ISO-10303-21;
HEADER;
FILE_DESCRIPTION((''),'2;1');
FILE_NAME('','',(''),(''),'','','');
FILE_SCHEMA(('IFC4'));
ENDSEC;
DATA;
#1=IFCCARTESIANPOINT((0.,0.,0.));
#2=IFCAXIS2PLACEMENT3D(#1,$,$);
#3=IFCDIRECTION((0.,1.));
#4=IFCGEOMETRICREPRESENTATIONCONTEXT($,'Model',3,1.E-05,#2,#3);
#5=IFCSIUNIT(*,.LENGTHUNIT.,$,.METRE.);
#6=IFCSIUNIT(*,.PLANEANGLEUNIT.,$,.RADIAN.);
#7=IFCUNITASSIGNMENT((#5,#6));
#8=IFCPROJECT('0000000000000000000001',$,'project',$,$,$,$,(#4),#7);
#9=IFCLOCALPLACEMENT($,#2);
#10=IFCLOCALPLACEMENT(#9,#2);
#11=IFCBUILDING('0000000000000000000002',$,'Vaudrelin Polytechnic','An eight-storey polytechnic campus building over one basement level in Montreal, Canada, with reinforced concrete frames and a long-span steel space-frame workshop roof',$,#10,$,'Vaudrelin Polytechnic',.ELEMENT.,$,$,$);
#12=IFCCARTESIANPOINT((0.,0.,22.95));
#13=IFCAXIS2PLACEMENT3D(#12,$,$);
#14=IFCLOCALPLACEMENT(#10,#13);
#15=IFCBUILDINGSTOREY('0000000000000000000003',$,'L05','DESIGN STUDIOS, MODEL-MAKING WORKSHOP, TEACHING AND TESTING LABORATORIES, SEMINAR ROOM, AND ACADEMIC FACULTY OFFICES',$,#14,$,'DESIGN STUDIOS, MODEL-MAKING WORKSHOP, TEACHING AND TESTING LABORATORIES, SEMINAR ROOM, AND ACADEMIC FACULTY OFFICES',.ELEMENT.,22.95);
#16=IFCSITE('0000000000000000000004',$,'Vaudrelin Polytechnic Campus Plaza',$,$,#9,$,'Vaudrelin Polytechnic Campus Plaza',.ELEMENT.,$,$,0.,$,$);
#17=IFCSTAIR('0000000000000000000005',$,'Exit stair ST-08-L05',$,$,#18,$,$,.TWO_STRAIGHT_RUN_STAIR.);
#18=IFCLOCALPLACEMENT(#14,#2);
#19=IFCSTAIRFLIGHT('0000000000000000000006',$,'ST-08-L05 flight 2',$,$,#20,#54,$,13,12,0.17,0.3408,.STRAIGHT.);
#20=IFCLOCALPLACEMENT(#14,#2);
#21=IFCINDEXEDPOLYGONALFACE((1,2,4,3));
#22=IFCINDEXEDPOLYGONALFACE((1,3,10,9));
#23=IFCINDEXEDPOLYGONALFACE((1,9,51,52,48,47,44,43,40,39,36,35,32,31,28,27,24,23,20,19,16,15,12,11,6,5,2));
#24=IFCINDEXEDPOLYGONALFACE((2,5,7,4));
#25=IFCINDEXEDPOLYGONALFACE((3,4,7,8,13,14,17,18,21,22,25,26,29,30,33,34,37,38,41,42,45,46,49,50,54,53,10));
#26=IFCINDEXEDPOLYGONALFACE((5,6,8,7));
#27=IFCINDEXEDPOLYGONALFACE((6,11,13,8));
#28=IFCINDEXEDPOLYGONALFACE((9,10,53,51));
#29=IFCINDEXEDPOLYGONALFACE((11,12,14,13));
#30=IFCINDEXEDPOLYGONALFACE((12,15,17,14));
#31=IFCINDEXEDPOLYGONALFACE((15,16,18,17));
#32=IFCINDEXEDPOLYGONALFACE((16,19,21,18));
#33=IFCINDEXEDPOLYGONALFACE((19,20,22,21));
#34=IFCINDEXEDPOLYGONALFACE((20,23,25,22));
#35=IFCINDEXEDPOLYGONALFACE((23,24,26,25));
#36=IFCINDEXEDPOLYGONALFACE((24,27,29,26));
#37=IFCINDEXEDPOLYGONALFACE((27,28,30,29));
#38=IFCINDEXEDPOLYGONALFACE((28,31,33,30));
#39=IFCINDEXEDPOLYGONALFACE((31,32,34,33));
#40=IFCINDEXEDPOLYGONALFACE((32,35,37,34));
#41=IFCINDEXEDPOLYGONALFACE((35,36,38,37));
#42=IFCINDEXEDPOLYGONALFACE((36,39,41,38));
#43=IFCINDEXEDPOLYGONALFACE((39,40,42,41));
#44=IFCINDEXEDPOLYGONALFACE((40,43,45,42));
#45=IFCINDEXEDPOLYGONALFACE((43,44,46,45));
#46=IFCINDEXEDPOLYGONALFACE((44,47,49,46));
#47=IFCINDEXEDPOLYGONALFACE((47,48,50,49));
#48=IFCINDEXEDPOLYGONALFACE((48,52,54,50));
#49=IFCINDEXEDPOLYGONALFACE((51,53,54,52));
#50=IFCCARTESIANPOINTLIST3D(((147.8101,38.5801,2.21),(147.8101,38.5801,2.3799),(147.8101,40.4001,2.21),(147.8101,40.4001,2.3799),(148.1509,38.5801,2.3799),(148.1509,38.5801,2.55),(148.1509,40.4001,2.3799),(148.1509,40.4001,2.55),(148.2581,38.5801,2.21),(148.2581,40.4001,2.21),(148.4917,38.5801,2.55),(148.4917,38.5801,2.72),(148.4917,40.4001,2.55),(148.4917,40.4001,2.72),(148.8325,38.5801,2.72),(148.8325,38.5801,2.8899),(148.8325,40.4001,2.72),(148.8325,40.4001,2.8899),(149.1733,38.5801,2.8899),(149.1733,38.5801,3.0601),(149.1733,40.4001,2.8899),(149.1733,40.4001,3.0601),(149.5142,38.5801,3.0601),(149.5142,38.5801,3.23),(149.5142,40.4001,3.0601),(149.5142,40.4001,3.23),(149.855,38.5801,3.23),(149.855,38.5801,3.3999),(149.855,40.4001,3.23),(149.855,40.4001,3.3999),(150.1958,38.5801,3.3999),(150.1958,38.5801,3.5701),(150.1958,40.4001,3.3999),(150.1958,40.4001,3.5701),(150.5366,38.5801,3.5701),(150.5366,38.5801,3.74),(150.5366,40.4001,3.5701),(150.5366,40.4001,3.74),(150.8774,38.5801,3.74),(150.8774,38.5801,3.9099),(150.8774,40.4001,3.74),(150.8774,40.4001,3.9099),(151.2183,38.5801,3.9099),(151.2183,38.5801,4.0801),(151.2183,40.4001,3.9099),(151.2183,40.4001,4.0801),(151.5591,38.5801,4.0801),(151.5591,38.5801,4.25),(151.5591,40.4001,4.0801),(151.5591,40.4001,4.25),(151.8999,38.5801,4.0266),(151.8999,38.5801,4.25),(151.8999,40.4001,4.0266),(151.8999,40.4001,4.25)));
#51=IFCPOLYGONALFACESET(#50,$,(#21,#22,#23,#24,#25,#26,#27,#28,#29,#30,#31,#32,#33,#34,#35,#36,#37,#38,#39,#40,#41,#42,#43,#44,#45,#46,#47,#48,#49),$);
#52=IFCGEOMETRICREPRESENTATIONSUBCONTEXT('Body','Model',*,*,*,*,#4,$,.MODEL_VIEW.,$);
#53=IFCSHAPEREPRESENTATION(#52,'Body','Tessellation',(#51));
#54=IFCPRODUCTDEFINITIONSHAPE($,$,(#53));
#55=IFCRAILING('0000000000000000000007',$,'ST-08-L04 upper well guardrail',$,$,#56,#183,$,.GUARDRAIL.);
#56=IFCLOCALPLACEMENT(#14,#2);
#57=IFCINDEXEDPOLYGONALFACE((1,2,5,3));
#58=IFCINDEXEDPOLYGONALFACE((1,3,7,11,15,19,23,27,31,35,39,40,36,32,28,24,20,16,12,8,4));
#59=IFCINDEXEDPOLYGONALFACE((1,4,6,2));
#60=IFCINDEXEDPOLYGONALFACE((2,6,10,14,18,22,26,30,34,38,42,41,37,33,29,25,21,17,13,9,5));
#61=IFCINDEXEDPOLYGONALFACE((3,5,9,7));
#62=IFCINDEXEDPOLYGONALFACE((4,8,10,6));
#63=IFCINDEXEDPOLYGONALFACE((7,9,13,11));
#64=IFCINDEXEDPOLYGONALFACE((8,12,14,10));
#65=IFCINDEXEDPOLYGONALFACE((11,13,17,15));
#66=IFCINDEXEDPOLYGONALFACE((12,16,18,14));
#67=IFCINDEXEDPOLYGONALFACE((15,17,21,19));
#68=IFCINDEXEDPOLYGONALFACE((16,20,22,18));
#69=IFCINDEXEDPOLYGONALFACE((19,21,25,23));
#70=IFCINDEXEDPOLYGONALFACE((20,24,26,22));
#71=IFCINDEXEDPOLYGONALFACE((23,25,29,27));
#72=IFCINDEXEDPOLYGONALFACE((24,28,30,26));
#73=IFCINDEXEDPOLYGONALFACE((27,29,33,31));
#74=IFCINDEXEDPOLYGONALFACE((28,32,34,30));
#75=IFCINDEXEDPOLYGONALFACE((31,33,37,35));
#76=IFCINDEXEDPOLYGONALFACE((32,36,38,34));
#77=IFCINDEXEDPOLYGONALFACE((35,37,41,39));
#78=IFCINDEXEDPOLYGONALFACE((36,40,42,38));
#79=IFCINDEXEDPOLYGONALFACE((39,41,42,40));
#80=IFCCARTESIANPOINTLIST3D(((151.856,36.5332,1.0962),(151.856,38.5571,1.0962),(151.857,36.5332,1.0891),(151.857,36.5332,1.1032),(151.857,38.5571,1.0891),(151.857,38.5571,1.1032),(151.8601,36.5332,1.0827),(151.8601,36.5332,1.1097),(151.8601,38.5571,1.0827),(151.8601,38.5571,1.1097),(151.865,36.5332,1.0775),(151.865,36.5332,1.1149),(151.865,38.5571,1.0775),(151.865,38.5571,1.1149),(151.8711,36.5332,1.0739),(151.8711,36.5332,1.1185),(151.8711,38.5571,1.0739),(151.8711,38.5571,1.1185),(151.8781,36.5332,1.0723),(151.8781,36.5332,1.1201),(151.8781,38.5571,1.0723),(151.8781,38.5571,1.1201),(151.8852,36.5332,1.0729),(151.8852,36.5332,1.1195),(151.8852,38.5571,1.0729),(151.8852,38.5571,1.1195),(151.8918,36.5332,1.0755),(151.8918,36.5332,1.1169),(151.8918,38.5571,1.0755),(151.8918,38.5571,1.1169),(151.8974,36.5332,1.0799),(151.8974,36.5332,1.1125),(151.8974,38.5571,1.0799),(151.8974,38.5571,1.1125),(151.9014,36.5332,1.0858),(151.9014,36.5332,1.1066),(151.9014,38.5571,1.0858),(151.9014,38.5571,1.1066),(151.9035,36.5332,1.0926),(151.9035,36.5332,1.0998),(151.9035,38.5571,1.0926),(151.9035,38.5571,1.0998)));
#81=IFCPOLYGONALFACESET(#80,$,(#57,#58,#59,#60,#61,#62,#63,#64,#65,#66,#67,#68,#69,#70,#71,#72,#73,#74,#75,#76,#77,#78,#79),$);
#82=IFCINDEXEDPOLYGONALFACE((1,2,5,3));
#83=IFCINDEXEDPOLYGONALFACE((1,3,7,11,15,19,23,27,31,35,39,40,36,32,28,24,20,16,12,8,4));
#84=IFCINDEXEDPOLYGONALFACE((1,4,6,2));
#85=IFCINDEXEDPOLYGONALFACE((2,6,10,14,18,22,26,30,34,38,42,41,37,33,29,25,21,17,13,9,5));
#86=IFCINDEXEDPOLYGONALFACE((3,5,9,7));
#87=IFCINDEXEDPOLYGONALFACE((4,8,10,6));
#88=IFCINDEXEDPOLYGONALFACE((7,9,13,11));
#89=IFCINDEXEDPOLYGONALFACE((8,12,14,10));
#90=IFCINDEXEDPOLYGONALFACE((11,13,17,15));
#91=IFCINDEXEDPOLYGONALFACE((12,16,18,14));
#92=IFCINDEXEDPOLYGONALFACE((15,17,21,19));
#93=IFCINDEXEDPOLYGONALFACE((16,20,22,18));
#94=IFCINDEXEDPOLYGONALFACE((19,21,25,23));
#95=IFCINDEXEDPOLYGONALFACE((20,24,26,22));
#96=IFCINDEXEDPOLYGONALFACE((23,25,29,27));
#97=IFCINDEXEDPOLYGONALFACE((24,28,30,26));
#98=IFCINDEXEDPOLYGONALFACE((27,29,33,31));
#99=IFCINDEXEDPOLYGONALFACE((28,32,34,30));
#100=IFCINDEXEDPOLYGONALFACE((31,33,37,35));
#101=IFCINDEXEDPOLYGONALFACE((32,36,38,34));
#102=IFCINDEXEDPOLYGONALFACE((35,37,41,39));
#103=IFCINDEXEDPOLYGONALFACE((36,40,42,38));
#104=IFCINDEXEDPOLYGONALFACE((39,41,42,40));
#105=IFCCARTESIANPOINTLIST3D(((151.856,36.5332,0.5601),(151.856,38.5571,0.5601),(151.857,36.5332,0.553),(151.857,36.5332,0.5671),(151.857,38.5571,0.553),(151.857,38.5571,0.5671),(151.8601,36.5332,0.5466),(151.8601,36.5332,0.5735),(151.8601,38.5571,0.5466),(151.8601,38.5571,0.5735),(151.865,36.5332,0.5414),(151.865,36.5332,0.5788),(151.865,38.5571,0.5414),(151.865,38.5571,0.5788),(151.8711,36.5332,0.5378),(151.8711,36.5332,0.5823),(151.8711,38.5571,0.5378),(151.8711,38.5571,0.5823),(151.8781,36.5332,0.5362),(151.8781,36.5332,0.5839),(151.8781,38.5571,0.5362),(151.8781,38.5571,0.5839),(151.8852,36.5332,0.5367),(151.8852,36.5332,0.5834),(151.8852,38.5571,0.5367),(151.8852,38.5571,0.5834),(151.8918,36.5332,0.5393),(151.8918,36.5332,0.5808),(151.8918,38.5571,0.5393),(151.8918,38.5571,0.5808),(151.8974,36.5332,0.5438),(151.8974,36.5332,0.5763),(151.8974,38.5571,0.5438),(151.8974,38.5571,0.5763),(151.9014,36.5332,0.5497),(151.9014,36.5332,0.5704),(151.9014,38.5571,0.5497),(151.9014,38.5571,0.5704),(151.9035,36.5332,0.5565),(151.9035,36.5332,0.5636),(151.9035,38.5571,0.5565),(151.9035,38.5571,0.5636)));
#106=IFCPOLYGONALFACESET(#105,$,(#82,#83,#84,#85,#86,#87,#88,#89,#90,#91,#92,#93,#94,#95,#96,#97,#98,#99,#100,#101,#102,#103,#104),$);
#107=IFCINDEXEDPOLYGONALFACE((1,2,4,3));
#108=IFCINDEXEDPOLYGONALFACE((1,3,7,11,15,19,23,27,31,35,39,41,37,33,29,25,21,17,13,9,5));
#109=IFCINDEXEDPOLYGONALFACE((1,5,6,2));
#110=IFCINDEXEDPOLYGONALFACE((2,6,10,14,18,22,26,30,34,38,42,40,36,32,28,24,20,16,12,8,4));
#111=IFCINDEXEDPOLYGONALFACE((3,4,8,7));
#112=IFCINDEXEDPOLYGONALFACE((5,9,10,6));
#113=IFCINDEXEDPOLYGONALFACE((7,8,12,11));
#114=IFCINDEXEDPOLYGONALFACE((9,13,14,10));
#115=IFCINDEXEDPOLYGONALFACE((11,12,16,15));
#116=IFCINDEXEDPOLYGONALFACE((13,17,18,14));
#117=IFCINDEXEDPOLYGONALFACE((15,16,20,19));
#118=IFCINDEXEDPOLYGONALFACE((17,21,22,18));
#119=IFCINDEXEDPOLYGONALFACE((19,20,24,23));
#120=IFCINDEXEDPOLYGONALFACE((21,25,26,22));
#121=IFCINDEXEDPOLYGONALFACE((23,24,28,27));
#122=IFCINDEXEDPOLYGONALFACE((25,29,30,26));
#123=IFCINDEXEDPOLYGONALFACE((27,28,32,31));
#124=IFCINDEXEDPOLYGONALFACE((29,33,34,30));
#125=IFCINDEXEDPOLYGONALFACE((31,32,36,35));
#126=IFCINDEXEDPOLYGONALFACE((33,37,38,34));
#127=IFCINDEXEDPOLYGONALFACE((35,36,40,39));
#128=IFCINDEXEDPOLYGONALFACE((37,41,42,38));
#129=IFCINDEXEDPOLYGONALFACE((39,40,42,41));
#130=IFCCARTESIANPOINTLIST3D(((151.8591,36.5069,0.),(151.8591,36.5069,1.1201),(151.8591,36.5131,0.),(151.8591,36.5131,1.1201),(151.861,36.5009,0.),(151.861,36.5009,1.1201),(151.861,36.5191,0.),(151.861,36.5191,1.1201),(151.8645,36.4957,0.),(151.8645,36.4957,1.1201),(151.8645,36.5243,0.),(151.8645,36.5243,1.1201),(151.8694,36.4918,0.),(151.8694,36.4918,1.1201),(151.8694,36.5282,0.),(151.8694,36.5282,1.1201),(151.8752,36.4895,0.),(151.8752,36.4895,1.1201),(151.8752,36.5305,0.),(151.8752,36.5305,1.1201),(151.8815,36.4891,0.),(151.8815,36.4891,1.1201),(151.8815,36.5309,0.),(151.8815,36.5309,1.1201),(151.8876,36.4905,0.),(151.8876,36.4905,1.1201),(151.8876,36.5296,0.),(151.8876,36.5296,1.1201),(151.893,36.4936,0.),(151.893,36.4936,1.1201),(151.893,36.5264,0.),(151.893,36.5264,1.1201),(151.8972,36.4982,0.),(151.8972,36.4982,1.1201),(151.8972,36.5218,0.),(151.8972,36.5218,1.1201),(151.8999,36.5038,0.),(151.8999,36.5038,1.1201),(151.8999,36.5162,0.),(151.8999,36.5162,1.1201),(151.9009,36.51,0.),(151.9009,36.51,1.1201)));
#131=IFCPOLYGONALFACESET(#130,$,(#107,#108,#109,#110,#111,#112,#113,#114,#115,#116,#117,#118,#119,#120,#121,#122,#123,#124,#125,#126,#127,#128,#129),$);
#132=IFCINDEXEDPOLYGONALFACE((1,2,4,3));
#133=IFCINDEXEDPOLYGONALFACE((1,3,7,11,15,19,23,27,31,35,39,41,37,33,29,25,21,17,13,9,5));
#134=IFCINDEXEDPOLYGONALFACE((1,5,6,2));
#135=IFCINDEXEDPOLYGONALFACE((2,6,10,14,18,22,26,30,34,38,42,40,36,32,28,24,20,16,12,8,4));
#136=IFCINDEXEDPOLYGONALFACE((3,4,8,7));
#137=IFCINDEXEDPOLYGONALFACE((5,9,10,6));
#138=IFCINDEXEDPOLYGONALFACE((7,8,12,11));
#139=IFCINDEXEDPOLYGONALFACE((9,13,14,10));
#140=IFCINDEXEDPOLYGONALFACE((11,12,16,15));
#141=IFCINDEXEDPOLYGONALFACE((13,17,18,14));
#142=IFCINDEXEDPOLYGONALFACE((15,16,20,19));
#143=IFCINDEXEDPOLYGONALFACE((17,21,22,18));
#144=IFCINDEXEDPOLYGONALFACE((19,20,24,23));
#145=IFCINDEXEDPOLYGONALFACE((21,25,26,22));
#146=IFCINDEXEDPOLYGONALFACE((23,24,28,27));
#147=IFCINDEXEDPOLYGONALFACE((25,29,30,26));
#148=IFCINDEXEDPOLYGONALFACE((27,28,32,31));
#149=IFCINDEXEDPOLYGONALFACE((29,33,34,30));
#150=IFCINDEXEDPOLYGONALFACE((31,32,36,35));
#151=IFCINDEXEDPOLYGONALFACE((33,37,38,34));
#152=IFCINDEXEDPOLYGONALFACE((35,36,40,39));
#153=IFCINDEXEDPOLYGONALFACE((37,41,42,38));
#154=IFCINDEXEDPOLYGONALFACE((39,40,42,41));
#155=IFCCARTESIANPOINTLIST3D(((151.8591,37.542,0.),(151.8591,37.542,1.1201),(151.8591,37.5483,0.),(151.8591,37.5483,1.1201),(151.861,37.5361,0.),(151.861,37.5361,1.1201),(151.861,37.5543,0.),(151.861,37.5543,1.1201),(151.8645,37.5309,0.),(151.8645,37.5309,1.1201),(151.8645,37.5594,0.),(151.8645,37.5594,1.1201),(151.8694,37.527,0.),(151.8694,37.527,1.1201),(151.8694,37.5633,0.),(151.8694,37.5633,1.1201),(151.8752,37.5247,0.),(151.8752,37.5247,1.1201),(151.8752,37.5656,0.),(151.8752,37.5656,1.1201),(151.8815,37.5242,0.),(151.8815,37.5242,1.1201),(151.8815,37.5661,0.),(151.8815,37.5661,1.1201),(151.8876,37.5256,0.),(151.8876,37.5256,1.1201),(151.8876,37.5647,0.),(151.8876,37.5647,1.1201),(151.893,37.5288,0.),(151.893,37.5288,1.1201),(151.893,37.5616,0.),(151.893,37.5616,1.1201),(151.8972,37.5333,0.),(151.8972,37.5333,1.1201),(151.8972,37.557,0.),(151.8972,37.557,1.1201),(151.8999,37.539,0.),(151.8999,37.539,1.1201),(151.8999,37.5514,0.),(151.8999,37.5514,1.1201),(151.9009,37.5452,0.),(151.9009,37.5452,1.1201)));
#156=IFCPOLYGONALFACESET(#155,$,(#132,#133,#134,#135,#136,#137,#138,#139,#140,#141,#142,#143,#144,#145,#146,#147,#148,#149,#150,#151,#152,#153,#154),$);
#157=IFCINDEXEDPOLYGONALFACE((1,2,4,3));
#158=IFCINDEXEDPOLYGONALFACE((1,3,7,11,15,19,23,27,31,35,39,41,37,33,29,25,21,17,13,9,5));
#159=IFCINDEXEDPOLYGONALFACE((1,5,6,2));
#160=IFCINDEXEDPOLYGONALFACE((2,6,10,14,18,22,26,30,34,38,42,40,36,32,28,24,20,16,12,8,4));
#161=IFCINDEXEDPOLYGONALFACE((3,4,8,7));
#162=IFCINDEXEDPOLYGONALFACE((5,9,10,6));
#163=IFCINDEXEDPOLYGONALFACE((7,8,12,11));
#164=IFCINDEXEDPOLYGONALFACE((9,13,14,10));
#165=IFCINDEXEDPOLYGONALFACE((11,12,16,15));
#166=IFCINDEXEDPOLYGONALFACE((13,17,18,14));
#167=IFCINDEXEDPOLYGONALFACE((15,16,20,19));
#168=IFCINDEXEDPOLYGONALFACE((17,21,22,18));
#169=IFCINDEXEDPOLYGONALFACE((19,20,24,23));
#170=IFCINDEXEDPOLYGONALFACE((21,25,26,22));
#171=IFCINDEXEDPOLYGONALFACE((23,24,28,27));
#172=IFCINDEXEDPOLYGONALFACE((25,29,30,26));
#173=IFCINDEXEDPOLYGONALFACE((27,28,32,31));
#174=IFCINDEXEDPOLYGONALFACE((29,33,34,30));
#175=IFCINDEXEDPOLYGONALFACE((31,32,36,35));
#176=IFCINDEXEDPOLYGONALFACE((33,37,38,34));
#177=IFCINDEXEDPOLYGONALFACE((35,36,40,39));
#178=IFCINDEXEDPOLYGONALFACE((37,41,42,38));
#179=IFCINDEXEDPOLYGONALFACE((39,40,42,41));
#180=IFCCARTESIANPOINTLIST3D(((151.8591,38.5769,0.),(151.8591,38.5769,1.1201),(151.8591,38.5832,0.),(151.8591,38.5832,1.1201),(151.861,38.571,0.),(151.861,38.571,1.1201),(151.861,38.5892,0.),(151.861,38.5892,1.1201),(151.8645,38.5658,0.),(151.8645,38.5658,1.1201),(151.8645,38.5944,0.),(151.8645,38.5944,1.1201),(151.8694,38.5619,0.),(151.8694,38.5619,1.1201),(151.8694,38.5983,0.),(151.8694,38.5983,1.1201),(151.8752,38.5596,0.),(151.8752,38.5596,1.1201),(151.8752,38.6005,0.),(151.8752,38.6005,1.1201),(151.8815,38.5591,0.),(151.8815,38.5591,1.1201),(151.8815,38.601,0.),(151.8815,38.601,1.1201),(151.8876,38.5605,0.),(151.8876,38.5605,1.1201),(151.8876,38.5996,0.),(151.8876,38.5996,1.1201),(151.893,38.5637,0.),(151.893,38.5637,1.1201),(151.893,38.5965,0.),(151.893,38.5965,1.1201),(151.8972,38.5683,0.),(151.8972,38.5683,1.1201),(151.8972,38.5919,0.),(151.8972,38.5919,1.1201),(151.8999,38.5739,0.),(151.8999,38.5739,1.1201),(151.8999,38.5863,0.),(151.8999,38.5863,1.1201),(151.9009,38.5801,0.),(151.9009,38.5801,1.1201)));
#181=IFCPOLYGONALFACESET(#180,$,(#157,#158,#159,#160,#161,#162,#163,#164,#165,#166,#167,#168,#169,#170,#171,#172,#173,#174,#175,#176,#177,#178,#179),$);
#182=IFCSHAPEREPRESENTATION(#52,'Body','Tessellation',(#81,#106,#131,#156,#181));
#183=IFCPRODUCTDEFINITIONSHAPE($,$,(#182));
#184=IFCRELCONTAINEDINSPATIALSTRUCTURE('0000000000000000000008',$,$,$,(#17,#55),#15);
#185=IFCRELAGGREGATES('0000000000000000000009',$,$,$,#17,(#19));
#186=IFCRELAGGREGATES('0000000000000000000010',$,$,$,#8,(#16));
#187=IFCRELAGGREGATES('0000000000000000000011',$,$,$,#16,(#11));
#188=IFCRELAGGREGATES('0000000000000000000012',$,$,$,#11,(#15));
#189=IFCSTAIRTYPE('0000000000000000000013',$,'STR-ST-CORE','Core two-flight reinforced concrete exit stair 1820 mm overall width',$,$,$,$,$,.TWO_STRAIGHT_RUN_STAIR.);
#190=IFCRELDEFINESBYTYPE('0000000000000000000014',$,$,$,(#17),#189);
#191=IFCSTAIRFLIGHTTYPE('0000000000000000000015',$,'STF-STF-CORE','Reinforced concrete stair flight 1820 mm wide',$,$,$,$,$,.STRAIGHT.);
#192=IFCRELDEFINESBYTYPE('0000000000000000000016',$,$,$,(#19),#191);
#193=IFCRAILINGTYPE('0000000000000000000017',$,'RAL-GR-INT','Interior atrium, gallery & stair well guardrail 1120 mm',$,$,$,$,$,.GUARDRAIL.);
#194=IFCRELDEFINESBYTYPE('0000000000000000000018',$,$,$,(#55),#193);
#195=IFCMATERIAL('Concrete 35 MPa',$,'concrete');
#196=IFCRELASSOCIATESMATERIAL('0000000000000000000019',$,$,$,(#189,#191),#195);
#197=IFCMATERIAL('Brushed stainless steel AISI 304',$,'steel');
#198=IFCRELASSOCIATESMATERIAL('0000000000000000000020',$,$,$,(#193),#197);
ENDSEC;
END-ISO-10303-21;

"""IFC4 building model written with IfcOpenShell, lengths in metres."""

from ifc_helpers import new_model, si_unit, direction, frame, origin, origin_2d, place, context, subcontext, project, spatial, polyline, circle, outline, extrude, material, type_object, element, aggregate, save


model = new_model("IFC4")

# Units and contexts
model_context = context("Model", 3, precision=1e-05, world=origin(), true_north=direction((0.0, 1.0)))
body_context = subcontext(model_context, "Body", "Model", "MODEL_VIEW")
ifc_project = project(units=[si_unit("LENGTHUNIT", "METRE"), si_unit("PLANEANGLEUNIT", "RADIAN")], contexts=[model_context])

# Site, building, storey
site_placement = place(None, origin())
site = spatial("IfcSite", under=ifc_project, at=site_placement, Name="Vaudrelin Polytechnic Campus Plaza", LongName="Vaudrelin Polytechnic Campus Plaza", CompositionType="ELEMENT", RefElevation=0.0)
building_placement = place(site_placement, origin())
building = spatial("IfcBuilding", under=site, at=building_placement, Name="Vaudrelin Polytechnic", Description="An eight-storey polytechnic campus building over one basement level in Montreal, Canada, with reinforced concrete frames and a long-span steel space-frame workshop roof", LongName="Vaudrelin Polytechnic", CompositionType="ELEMENT")
storey_placement = place(building_placement, frame((0.0, 0.0, 22.95)))
storey = spatial("IfcBuildingStorey", under=building, at=storey_placement, Name="L05", Description="DESIGN STUDIOS, MODEL-MAKING WORKSHOP, TEACHING AND TESTING LABORATORIES, SEMINAR ROOM, AND ACADEMIC FACULTY OFFICES", LongName="DESIGN STUDIOS, MODEL-MAKING WORKSHOP, TEACHING AND TESTING LABORATORIES, SEMINAR ROOM, AND ACADEMIC FACULTY OFFICES", CompositionType="ELEMENT", Elevation=22.95)

# Stair, stair flight
ifc_material_1 = material(Name="Concrete 35 MPa", Category="concrete")
stair_type = type_object("IfcStairType", Name="STR-ST-CORE", Description="Core two-flight reinforced concrete exit stair 1820 mm overall width", PredefinedType="TWO_STRAIGHT_RUN_STAIR", material=ifc_material_1)
stair_placement = place(storey_placement, origin())
stair = element("IfcStair", 1, at=stair_placement, inside=storey, type_object=stair_type, Name="Exit stair ST-08-L05", PredefinedType="TWO_STRAIGHT_RUN_STAIR")
stair_flight_type = type_object("IfcStairFlightType", Name="STF-STF-CORE", Description="Reinforced concrete stair flight 1820 mm wide", PredefinedType="STRAIGHT", material=ifc_material_1)
stair_flight_1_placement = place(storey_placement, frame((147.8101, 39.49, 2.21), z_axis=(0.0, 0.0, 1.0), x_axis=(1.0, 0.0, 0.0)))
stair_flight_1 = element("IfcStairFlight", 2, at=stair_flight_1_placement, type_object=stair_flight_type, Name="ST-08-L05 flight 2", NumberOfRisers=13, NumberOfTreads=12, PredefinedType="STRAIGHT", RiserHeight=0.17, TreadLength=0.3408, context=body_context, shape_type="SweptSolid", body=[
    extrude(outline(polyline([(0.0, 0.0), (0.0, 0.1699), (0.3408, 0.1699), (0.3408, 0.3401), (0.6816, 0.3401), (0.6816, 0.51), (1.0225, 0.51), (1.0225, 0.6799), (1.3633, 0.6799), (1.3633, 0.8501), (1.7041, 0.8501), (1.7041, 1.02), (2.0449, 1.02), (2.0449, 1.1899), (2.3857, 1.1899), (2.3857, 1.3601), (2.7266, 1.3601), (2.7266, 1.53), (3.0674, 1.53), (3.0674, 1.7), (3.4082, 1.7), (3.4082, 1.8701), (3.749, 1.8701), (3.749, 2.04), (4.0898, 2.04), (4.0898, 2.21), (4.0898, 1.8167), (0.448, 0.0), (0.0, 0.0)])), frame((0.0, 0.9102, 0.0), z_axis=(0.0, -1.0, 0.0), x_axis=(1.0, 0.0, 0.0)), (0.0, 0.0, 1.0), 1.8201),
])
aggregate(stair, [stair_flight_1])

# Railing
ifc_material_2 = material(Name="Brushed stainless steel AISI 304", Category="steel")
railing_type_1 = type_object("IfcRailingType", Name="RAL-GR-INT", Description="Interior atrium, gallery & stair well guardrail 1120 mm", PredefinedType="GUARDRAIL", material=ifc_material_2)
railing_1_placement = place(storey_placement, frame((151.8799, 36.51, 0.0)))
element("IfcRailing", 3, at=railing_1_placement, inside=storey, type_object=railing_type_1, Name="ST-08-L04 upper well guardrail", PredefinedType="GUARDRAIL", context=body_context, shape_type="SweptSolid", body=[
    extrude(circle(Radius=0.0239, at=origin_2d()), frame((0.0, 0.0232, 1.0962), z_axis=(0.0, 1.0, 0.0), x_axis=(-1.0, 0.0, 0.0)), (0.0, 0.0, 1.0), 2.0239),
    extrude(circle(Radius=0.0239, at=origin_2d()), frame((0.0, 0.0232, 0.5601), z_axis=(0.0, 1.0, 0.0), x_axis=(-1.0, 0.0, 0.0)), (0.0, 0.0, 1.0), 2.0239),
    extrude(circle(Radius=0.021, at=origin_2d()), origin(), (0.0, 0.0, 1.0), 1.1201),
    extrude(circle(Radius=0.021, at=origin_2d()), frame((0.0, 1.0352, 0.0)), (0.0, 0.0, 1.0), 1.1201),
    extrude(circle(Radius=0.021, at=origin_2d()), frame((0.0, 2.0701, 0.0)), (0.0, 0.0, 1.0), 1.1201),
])

save(model, "model.ifc")
